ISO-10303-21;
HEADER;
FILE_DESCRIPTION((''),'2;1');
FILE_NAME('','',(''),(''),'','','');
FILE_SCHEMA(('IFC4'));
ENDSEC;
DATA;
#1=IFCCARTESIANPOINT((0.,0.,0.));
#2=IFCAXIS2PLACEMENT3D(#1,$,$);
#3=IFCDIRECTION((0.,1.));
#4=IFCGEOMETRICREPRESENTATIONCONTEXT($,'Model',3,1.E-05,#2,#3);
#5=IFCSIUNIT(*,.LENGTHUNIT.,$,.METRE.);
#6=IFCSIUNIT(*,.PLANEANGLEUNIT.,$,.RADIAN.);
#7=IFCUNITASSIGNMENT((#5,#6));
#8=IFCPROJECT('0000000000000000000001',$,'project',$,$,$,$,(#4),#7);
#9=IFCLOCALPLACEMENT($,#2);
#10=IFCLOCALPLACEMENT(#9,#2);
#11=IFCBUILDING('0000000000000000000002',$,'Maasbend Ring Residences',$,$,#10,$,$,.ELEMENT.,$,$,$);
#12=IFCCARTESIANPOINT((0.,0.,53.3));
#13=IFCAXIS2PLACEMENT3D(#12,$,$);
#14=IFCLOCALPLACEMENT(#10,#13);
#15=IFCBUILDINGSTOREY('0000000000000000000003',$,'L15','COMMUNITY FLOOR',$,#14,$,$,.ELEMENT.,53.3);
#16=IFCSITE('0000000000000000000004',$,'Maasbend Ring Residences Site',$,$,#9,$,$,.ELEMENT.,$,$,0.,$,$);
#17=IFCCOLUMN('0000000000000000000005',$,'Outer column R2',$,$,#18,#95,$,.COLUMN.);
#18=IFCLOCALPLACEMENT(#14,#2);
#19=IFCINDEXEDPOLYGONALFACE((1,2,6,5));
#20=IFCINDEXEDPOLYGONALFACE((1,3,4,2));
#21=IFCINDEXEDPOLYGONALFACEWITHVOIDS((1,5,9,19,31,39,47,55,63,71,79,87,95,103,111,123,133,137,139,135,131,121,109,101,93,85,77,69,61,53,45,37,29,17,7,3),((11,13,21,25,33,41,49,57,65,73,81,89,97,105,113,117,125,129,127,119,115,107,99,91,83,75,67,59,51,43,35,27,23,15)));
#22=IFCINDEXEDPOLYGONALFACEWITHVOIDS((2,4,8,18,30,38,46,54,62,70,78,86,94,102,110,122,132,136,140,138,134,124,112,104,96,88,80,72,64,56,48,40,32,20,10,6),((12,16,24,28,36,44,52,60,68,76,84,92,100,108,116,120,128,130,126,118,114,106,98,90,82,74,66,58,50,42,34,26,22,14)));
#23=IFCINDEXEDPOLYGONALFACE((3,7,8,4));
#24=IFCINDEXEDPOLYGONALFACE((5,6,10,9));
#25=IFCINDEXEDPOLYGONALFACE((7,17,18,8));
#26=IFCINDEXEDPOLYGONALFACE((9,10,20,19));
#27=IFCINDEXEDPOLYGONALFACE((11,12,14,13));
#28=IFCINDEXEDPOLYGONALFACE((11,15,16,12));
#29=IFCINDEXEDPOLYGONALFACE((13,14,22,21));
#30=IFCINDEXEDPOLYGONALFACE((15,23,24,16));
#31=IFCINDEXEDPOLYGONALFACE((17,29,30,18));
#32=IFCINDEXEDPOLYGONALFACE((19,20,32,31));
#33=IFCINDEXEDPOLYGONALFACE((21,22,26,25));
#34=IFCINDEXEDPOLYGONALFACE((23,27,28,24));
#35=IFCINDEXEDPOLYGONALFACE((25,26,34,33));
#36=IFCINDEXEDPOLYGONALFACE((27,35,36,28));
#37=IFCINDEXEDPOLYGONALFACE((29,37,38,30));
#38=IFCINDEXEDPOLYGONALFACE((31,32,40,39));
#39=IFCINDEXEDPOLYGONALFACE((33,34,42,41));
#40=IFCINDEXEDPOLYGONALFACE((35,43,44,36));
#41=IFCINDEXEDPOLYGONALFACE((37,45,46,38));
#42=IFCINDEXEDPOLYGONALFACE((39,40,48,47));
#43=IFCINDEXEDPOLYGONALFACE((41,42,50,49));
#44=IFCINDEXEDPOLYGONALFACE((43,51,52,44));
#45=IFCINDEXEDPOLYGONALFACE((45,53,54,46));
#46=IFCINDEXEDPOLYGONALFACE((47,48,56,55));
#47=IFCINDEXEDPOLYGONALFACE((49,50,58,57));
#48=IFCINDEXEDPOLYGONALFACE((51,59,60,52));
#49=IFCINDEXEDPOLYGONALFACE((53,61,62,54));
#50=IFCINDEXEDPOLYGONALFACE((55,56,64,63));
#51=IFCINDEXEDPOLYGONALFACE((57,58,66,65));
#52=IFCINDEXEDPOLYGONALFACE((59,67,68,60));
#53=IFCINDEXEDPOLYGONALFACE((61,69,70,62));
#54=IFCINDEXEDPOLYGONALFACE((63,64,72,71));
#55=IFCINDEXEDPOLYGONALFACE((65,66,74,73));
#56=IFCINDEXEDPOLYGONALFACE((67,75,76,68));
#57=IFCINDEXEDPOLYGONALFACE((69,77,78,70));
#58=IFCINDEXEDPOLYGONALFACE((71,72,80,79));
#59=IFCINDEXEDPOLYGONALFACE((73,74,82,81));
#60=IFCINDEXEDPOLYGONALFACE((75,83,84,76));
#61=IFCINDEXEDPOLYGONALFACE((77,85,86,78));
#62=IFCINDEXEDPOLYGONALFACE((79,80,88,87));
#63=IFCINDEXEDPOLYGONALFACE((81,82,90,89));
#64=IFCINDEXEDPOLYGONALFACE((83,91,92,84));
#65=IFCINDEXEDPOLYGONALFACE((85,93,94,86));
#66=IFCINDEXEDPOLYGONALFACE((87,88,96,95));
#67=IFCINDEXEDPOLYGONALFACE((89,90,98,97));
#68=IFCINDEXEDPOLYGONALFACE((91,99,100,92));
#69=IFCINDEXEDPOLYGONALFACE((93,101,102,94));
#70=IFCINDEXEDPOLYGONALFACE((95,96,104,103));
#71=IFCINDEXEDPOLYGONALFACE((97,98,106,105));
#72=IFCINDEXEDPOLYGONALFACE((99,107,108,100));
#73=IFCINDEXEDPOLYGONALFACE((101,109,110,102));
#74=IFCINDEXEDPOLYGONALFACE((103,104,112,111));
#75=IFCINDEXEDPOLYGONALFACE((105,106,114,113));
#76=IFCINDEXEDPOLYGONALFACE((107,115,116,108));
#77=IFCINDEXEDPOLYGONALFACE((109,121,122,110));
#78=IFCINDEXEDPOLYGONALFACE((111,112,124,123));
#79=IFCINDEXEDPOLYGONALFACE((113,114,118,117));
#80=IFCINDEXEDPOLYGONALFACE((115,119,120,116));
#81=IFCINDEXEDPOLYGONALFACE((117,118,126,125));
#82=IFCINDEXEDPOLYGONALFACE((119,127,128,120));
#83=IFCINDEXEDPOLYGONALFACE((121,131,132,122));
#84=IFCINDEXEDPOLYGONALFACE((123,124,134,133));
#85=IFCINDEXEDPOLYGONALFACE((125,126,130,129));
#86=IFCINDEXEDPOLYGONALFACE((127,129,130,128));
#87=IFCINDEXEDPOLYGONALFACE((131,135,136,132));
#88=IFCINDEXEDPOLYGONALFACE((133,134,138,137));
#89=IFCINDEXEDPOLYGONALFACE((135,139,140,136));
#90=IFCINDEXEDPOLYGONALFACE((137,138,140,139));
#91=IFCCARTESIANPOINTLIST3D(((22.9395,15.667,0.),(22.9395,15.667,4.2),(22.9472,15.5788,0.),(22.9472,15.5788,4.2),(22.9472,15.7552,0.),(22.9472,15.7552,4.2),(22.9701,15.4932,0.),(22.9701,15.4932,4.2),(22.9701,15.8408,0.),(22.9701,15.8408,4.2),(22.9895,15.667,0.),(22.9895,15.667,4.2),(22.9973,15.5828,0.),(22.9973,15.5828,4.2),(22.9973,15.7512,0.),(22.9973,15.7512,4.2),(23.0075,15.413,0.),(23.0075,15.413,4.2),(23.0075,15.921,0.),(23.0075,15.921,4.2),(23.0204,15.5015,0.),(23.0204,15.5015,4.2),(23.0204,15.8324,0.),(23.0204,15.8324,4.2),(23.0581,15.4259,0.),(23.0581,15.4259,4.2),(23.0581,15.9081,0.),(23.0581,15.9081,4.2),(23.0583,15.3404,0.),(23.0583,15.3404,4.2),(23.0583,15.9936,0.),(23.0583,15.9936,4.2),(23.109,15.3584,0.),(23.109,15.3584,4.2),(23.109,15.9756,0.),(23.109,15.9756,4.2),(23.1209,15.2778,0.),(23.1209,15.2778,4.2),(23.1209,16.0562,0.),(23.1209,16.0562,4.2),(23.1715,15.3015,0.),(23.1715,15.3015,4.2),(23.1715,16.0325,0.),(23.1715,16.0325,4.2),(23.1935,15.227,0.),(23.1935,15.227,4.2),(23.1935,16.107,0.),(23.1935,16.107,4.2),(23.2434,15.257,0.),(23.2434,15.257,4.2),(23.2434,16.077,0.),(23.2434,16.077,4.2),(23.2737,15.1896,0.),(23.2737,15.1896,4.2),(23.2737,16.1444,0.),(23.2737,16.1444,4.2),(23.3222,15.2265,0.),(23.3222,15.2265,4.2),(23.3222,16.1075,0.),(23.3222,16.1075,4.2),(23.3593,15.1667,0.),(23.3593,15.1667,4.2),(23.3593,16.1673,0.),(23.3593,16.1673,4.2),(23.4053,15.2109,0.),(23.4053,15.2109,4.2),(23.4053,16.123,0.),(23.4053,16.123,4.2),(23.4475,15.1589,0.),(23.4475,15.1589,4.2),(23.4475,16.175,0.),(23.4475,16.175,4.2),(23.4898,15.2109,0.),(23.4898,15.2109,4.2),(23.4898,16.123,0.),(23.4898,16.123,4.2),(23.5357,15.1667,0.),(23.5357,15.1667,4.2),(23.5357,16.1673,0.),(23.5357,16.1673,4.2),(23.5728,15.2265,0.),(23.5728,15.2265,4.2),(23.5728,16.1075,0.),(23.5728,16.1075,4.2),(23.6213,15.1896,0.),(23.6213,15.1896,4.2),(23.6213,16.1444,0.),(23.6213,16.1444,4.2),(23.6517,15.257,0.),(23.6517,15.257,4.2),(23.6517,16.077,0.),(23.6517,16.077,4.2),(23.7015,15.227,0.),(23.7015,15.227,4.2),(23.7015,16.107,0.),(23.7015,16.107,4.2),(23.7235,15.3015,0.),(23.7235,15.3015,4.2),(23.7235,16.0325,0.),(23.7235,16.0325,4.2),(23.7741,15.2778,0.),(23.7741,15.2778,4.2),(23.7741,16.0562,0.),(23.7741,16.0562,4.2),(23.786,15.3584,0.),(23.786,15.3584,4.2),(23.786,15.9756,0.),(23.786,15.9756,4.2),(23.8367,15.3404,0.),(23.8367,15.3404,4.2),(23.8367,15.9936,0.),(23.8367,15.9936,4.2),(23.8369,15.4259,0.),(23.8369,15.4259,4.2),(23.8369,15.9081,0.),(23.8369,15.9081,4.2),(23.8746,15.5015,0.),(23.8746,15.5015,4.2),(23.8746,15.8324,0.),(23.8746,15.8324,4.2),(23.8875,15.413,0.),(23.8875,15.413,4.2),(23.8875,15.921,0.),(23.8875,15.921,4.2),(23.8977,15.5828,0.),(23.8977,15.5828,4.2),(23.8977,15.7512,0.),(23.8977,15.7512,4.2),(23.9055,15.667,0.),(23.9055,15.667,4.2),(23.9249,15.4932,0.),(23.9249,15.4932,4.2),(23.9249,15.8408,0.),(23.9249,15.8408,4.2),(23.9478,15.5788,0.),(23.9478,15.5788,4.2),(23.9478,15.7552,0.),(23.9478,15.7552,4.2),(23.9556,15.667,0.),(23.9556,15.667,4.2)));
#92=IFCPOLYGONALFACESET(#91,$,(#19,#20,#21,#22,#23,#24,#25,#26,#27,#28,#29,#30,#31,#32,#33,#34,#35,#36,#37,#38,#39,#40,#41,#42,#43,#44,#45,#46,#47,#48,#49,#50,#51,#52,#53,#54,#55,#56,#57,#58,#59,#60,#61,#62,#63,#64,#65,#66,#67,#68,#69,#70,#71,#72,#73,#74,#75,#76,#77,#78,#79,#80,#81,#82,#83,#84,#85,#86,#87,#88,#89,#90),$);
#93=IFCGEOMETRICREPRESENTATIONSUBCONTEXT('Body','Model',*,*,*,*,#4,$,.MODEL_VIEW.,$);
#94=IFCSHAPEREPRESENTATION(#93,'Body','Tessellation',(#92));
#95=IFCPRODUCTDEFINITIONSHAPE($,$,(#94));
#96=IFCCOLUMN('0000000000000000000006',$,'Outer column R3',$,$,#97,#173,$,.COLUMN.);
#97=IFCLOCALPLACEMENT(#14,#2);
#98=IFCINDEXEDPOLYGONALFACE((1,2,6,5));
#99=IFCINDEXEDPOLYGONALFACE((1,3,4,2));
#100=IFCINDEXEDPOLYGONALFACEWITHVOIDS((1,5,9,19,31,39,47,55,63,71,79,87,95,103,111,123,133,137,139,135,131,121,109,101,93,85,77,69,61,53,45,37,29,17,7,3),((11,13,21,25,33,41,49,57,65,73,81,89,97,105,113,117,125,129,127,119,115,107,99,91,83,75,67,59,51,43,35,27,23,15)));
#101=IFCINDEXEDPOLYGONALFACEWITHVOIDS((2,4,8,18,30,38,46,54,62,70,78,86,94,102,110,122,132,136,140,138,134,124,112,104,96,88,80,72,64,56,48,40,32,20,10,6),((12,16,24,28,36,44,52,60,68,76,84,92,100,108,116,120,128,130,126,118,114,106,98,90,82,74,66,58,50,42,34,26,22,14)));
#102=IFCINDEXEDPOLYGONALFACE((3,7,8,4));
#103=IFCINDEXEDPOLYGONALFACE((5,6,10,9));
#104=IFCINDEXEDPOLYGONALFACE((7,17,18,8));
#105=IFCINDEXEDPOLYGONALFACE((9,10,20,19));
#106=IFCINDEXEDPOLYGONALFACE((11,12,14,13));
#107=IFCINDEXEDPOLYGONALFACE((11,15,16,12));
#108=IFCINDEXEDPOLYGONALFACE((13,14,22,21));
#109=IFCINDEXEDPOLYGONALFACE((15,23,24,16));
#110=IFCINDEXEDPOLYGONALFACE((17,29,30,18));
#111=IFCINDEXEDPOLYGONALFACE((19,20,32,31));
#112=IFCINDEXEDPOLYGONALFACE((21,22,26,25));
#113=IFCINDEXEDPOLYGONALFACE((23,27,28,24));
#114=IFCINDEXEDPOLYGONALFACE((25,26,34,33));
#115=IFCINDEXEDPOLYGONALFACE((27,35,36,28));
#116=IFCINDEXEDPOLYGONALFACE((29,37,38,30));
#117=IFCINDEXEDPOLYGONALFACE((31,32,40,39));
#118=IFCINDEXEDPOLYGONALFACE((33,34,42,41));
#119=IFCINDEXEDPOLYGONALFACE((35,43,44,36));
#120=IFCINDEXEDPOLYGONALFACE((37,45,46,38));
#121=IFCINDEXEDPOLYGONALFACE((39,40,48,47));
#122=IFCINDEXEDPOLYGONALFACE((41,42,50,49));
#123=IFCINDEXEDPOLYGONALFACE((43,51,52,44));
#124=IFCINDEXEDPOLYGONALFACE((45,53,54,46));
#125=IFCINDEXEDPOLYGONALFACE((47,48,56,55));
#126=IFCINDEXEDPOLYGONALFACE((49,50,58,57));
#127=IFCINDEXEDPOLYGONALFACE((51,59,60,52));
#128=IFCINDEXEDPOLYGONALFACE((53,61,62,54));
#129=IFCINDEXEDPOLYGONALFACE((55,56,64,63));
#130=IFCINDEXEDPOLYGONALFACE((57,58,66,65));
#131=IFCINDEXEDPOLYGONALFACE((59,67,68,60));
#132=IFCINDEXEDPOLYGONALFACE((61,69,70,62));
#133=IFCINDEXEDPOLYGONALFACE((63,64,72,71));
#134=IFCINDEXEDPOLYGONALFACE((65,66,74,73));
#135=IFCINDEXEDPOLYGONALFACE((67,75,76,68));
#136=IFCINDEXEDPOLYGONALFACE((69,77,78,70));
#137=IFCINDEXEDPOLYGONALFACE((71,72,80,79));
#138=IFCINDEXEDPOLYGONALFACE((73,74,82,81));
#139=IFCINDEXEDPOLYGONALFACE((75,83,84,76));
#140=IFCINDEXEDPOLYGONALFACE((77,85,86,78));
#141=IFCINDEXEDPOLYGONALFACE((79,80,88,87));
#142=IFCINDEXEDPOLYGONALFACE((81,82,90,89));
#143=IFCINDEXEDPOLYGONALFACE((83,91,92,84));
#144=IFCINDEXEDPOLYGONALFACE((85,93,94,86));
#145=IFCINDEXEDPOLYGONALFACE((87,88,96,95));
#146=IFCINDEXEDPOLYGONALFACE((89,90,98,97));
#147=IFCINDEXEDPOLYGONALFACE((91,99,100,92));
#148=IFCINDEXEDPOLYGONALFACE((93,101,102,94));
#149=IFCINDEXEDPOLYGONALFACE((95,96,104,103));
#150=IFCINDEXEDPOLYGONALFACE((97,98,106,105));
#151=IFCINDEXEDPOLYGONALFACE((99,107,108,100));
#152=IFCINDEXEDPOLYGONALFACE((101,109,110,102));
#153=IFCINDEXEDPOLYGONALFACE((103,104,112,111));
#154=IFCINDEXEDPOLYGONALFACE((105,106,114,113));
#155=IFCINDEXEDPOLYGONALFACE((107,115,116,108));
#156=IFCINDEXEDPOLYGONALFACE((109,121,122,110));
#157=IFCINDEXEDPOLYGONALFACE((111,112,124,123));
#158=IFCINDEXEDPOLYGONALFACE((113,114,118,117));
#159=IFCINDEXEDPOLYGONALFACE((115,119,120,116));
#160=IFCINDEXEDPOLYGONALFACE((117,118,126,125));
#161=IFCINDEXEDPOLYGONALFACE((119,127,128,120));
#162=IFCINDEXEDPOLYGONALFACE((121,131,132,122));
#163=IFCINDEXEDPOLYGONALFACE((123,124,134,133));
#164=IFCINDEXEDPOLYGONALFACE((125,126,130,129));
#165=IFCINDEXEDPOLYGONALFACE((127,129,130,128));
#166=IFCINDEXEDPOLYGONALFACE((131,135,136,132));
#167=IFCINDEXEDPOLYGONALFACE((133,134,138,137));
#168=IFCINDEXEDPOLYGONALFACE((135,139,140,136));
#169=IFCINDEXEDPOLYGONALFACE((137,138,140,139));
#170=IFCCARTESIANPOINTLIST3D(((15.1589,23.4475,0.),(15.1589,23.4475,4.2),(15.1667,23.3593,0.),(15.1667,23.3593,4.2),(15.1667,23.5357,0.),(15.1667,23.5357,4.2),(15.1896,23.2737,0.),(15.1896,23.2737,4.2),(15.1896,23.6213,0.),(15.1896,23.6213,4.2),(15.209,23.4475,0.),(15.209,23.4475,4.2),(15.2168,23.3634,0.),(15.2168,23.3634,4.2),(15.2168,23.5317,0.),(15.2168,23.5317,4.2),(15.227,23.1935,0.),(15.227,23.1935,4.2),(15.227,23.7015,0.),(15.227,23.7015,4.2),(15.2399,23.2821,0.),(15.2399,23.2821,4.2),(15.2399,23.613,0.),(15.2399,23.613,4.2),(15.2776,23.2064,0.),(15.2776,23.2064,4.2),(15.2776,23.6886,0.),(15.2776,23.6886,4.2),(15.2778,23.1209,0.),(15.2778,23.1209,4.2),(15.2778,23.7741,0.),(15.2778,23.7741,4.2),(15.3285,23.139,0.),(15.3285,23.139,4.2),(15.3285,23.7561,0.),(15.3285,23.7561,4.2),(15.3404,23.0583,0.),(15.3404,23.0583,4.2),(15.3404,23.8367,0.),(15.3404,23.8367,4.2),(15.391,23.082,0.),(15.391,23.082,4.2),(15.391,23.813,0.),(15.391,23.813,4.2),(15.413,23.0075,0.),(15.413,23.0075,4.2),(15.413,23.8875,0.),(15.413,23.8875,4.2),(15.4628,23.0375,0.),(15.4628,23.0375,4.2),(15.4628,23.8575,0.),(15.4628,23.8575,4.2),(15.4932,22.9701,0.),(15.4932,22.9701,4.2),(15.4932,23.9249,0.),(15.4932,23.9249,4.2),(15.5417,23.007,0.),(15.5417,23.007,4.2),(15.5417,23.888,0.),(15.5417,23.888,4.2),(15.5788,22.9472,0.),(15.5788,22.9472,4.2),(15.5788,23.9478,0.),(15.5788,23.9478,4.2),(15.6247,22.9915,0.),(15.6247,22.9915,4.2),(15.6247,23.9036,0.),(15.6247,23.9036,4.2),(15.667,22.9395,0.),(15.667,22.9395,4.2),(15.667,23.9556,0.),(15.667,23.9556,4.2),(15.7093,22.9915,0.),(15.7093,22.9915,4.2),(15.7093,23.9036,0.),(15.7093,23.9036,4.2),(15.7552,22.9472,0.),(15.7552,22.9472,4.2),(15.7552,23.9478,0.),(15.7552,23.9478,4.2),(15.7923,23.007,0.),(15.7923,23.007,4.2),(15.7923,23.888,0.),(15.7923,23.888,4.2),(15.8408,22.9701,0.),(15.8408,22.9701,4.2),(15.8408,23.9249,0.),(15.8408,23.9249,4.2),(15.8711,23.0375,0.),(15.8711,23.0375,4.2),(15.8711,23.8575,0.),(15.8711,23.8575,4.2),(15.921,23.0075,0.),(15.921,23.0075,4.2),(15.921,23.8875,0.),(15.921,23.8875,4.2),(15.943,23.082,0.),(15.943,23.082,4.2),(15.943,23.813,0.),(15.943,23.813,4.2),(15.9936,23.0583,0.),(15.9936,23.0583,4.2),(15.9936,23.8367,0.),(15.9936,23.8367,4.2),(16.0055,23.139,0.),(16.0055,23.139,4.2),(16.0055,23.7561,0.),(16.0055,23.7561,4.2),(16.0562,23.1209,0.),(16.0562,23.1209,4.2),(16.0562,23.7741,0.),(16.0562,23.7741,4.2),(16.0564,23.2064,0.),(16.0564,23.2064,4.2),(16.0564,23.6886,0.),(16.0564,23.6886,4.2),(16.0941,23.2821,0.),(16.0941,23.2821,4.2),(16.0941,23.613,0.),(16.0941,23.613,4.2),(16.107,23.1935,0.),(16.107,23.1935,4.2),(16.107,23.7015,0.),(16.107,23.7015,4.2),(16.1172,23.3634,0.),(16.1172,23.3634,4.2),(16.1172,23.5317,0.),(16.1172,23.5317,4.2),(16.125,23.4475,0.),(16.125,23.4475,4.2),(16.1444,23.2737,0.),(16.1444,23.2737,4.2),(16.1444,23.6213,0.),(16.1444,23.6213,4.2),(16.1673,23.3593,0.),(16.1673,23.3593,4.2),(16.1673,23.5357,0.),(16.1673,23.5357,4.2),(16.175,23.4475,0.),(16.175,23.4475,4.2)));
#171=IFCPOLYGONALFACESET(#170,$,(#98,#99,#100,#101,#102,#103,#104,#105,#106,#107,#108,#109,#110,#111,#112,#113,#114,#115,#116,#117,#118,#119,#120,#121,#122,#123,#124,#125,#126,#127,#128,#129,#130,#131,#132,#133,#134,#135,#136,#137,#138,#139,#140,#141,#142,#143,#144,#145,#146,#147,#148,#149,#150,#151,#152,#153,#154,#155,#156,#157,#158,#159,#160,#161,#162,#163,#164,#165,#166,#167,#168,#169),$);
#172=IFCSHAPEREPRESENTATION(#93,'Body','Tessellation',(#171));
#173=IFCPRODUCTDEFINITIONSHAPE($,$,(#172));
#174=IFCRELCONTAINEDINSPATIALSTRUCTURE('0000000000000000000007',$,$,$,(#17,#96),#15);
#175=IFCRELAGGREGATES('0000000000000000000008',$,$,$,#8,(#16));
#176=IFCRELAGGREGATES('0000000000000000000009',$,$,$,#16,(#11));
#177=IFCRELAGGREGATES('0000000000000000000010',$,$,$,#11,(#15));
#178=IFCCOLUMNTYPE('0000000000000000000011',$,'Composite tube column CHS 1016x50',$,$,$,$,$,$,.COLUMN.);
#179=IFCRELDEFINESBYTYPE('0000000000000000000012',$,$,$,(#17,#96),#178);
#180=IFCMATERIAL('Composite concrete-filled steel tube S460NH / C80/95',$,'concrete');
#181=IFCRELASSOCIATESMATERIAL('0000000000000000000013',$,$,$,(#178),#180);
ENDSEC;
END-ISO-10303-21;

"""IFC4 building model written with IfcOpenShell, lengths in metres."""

from ifc_helpers import new_model, si_unit, direction, frame, origin, origin_2d, place, context, subcontext, project, spatial, hollow_circle, extrude, material, material_profile, profile_set, type_object, element, save


model = new_model("IFC4")

# Units and contexts
model_context = context("Model", 3, precision=1e-05, world=origin(), true_north=direction((0.0, 1.0)))
body_context = subcontext(model_context, "Body", "Model", "MODEL_VIEW")
ifc_project = project(units=[si_unit("LENGTHUNIT", "METRE"), si_unit("PLANEANGLEUNIT", "RADIAN")], contexts=[model_context])

# Site, building, storey
site_placement = place(None, origin())
site = spatial("IfcSite", under=ifc_project, at=site_placement, Name="Maasbend Ring Residences Site", CompositionType="ELEMENT", RefElevation=0.0)
building_placement = place(site_placement, origin())
building = spatial("IfcBuilding", under=site, at=building_placement, Name="Maasbend Ring Residences", CompositionType="ELEMENT")
storey_placement = place(building_placement, frame((0.0, 0.0, 53.3)))
storey = spatial("IfcBuildingStorey", under=building, at=storey_placement, Name="L15", Description="COMMUNITY FLOOR", CompositionType="ELEMENT", Elevation=53.3)

# Columns
ifc_material_1 = material(Name="Composite concrete-filled steel tube S460NH / C80/95", Category="concrete")
ifc_material_profile_1 = material_profile(ifc_material_1, hollow_circle(Radius=0.5081, WallThickness=0.05, at=origin_2d()), Name="Composite tube column CHS 1016x50")
ifc_profile_set_1 = profile_set([ifc_material_profile_1], Name="Composite concrete-filled steel tube S460NH / C80/95")
column_type_1 = type_object("IfcColumnType", Name="Composite tube column CHS 1016x50", PredefinedType="COLUMN", material=ifc_profile_set_1)
for number, where, z_axis, x_axis, name in (
    (1, (23.4475, 15.667, 0.0), (0.0, 0.0, 1.0), (1.0, 0.0, 0.0), "Outer column R2"),
    (2, (15.667, 23.4475, 0.0), (0.0, 0.0, 1.0), (1.0, 0.0, 0.0), "Outer column R3"),
):
    element("IfcColumn", number, at=place(storey_placement, frame(where, z_axis=z_axis, x_axis=x_axis)), inside=storey, type_object=column_type_1, Name=name, PredefinedType="COLUMN", context=body_context, shape_type="SweptSolid", body=[
        extrude(hollow_circle(Radius=0.5081, WallThickness=0.05, at=origin_2d()), origin(), (0.0, 0.0, 1.0), 4.2),
    ])

save(model, "model.ifc")
